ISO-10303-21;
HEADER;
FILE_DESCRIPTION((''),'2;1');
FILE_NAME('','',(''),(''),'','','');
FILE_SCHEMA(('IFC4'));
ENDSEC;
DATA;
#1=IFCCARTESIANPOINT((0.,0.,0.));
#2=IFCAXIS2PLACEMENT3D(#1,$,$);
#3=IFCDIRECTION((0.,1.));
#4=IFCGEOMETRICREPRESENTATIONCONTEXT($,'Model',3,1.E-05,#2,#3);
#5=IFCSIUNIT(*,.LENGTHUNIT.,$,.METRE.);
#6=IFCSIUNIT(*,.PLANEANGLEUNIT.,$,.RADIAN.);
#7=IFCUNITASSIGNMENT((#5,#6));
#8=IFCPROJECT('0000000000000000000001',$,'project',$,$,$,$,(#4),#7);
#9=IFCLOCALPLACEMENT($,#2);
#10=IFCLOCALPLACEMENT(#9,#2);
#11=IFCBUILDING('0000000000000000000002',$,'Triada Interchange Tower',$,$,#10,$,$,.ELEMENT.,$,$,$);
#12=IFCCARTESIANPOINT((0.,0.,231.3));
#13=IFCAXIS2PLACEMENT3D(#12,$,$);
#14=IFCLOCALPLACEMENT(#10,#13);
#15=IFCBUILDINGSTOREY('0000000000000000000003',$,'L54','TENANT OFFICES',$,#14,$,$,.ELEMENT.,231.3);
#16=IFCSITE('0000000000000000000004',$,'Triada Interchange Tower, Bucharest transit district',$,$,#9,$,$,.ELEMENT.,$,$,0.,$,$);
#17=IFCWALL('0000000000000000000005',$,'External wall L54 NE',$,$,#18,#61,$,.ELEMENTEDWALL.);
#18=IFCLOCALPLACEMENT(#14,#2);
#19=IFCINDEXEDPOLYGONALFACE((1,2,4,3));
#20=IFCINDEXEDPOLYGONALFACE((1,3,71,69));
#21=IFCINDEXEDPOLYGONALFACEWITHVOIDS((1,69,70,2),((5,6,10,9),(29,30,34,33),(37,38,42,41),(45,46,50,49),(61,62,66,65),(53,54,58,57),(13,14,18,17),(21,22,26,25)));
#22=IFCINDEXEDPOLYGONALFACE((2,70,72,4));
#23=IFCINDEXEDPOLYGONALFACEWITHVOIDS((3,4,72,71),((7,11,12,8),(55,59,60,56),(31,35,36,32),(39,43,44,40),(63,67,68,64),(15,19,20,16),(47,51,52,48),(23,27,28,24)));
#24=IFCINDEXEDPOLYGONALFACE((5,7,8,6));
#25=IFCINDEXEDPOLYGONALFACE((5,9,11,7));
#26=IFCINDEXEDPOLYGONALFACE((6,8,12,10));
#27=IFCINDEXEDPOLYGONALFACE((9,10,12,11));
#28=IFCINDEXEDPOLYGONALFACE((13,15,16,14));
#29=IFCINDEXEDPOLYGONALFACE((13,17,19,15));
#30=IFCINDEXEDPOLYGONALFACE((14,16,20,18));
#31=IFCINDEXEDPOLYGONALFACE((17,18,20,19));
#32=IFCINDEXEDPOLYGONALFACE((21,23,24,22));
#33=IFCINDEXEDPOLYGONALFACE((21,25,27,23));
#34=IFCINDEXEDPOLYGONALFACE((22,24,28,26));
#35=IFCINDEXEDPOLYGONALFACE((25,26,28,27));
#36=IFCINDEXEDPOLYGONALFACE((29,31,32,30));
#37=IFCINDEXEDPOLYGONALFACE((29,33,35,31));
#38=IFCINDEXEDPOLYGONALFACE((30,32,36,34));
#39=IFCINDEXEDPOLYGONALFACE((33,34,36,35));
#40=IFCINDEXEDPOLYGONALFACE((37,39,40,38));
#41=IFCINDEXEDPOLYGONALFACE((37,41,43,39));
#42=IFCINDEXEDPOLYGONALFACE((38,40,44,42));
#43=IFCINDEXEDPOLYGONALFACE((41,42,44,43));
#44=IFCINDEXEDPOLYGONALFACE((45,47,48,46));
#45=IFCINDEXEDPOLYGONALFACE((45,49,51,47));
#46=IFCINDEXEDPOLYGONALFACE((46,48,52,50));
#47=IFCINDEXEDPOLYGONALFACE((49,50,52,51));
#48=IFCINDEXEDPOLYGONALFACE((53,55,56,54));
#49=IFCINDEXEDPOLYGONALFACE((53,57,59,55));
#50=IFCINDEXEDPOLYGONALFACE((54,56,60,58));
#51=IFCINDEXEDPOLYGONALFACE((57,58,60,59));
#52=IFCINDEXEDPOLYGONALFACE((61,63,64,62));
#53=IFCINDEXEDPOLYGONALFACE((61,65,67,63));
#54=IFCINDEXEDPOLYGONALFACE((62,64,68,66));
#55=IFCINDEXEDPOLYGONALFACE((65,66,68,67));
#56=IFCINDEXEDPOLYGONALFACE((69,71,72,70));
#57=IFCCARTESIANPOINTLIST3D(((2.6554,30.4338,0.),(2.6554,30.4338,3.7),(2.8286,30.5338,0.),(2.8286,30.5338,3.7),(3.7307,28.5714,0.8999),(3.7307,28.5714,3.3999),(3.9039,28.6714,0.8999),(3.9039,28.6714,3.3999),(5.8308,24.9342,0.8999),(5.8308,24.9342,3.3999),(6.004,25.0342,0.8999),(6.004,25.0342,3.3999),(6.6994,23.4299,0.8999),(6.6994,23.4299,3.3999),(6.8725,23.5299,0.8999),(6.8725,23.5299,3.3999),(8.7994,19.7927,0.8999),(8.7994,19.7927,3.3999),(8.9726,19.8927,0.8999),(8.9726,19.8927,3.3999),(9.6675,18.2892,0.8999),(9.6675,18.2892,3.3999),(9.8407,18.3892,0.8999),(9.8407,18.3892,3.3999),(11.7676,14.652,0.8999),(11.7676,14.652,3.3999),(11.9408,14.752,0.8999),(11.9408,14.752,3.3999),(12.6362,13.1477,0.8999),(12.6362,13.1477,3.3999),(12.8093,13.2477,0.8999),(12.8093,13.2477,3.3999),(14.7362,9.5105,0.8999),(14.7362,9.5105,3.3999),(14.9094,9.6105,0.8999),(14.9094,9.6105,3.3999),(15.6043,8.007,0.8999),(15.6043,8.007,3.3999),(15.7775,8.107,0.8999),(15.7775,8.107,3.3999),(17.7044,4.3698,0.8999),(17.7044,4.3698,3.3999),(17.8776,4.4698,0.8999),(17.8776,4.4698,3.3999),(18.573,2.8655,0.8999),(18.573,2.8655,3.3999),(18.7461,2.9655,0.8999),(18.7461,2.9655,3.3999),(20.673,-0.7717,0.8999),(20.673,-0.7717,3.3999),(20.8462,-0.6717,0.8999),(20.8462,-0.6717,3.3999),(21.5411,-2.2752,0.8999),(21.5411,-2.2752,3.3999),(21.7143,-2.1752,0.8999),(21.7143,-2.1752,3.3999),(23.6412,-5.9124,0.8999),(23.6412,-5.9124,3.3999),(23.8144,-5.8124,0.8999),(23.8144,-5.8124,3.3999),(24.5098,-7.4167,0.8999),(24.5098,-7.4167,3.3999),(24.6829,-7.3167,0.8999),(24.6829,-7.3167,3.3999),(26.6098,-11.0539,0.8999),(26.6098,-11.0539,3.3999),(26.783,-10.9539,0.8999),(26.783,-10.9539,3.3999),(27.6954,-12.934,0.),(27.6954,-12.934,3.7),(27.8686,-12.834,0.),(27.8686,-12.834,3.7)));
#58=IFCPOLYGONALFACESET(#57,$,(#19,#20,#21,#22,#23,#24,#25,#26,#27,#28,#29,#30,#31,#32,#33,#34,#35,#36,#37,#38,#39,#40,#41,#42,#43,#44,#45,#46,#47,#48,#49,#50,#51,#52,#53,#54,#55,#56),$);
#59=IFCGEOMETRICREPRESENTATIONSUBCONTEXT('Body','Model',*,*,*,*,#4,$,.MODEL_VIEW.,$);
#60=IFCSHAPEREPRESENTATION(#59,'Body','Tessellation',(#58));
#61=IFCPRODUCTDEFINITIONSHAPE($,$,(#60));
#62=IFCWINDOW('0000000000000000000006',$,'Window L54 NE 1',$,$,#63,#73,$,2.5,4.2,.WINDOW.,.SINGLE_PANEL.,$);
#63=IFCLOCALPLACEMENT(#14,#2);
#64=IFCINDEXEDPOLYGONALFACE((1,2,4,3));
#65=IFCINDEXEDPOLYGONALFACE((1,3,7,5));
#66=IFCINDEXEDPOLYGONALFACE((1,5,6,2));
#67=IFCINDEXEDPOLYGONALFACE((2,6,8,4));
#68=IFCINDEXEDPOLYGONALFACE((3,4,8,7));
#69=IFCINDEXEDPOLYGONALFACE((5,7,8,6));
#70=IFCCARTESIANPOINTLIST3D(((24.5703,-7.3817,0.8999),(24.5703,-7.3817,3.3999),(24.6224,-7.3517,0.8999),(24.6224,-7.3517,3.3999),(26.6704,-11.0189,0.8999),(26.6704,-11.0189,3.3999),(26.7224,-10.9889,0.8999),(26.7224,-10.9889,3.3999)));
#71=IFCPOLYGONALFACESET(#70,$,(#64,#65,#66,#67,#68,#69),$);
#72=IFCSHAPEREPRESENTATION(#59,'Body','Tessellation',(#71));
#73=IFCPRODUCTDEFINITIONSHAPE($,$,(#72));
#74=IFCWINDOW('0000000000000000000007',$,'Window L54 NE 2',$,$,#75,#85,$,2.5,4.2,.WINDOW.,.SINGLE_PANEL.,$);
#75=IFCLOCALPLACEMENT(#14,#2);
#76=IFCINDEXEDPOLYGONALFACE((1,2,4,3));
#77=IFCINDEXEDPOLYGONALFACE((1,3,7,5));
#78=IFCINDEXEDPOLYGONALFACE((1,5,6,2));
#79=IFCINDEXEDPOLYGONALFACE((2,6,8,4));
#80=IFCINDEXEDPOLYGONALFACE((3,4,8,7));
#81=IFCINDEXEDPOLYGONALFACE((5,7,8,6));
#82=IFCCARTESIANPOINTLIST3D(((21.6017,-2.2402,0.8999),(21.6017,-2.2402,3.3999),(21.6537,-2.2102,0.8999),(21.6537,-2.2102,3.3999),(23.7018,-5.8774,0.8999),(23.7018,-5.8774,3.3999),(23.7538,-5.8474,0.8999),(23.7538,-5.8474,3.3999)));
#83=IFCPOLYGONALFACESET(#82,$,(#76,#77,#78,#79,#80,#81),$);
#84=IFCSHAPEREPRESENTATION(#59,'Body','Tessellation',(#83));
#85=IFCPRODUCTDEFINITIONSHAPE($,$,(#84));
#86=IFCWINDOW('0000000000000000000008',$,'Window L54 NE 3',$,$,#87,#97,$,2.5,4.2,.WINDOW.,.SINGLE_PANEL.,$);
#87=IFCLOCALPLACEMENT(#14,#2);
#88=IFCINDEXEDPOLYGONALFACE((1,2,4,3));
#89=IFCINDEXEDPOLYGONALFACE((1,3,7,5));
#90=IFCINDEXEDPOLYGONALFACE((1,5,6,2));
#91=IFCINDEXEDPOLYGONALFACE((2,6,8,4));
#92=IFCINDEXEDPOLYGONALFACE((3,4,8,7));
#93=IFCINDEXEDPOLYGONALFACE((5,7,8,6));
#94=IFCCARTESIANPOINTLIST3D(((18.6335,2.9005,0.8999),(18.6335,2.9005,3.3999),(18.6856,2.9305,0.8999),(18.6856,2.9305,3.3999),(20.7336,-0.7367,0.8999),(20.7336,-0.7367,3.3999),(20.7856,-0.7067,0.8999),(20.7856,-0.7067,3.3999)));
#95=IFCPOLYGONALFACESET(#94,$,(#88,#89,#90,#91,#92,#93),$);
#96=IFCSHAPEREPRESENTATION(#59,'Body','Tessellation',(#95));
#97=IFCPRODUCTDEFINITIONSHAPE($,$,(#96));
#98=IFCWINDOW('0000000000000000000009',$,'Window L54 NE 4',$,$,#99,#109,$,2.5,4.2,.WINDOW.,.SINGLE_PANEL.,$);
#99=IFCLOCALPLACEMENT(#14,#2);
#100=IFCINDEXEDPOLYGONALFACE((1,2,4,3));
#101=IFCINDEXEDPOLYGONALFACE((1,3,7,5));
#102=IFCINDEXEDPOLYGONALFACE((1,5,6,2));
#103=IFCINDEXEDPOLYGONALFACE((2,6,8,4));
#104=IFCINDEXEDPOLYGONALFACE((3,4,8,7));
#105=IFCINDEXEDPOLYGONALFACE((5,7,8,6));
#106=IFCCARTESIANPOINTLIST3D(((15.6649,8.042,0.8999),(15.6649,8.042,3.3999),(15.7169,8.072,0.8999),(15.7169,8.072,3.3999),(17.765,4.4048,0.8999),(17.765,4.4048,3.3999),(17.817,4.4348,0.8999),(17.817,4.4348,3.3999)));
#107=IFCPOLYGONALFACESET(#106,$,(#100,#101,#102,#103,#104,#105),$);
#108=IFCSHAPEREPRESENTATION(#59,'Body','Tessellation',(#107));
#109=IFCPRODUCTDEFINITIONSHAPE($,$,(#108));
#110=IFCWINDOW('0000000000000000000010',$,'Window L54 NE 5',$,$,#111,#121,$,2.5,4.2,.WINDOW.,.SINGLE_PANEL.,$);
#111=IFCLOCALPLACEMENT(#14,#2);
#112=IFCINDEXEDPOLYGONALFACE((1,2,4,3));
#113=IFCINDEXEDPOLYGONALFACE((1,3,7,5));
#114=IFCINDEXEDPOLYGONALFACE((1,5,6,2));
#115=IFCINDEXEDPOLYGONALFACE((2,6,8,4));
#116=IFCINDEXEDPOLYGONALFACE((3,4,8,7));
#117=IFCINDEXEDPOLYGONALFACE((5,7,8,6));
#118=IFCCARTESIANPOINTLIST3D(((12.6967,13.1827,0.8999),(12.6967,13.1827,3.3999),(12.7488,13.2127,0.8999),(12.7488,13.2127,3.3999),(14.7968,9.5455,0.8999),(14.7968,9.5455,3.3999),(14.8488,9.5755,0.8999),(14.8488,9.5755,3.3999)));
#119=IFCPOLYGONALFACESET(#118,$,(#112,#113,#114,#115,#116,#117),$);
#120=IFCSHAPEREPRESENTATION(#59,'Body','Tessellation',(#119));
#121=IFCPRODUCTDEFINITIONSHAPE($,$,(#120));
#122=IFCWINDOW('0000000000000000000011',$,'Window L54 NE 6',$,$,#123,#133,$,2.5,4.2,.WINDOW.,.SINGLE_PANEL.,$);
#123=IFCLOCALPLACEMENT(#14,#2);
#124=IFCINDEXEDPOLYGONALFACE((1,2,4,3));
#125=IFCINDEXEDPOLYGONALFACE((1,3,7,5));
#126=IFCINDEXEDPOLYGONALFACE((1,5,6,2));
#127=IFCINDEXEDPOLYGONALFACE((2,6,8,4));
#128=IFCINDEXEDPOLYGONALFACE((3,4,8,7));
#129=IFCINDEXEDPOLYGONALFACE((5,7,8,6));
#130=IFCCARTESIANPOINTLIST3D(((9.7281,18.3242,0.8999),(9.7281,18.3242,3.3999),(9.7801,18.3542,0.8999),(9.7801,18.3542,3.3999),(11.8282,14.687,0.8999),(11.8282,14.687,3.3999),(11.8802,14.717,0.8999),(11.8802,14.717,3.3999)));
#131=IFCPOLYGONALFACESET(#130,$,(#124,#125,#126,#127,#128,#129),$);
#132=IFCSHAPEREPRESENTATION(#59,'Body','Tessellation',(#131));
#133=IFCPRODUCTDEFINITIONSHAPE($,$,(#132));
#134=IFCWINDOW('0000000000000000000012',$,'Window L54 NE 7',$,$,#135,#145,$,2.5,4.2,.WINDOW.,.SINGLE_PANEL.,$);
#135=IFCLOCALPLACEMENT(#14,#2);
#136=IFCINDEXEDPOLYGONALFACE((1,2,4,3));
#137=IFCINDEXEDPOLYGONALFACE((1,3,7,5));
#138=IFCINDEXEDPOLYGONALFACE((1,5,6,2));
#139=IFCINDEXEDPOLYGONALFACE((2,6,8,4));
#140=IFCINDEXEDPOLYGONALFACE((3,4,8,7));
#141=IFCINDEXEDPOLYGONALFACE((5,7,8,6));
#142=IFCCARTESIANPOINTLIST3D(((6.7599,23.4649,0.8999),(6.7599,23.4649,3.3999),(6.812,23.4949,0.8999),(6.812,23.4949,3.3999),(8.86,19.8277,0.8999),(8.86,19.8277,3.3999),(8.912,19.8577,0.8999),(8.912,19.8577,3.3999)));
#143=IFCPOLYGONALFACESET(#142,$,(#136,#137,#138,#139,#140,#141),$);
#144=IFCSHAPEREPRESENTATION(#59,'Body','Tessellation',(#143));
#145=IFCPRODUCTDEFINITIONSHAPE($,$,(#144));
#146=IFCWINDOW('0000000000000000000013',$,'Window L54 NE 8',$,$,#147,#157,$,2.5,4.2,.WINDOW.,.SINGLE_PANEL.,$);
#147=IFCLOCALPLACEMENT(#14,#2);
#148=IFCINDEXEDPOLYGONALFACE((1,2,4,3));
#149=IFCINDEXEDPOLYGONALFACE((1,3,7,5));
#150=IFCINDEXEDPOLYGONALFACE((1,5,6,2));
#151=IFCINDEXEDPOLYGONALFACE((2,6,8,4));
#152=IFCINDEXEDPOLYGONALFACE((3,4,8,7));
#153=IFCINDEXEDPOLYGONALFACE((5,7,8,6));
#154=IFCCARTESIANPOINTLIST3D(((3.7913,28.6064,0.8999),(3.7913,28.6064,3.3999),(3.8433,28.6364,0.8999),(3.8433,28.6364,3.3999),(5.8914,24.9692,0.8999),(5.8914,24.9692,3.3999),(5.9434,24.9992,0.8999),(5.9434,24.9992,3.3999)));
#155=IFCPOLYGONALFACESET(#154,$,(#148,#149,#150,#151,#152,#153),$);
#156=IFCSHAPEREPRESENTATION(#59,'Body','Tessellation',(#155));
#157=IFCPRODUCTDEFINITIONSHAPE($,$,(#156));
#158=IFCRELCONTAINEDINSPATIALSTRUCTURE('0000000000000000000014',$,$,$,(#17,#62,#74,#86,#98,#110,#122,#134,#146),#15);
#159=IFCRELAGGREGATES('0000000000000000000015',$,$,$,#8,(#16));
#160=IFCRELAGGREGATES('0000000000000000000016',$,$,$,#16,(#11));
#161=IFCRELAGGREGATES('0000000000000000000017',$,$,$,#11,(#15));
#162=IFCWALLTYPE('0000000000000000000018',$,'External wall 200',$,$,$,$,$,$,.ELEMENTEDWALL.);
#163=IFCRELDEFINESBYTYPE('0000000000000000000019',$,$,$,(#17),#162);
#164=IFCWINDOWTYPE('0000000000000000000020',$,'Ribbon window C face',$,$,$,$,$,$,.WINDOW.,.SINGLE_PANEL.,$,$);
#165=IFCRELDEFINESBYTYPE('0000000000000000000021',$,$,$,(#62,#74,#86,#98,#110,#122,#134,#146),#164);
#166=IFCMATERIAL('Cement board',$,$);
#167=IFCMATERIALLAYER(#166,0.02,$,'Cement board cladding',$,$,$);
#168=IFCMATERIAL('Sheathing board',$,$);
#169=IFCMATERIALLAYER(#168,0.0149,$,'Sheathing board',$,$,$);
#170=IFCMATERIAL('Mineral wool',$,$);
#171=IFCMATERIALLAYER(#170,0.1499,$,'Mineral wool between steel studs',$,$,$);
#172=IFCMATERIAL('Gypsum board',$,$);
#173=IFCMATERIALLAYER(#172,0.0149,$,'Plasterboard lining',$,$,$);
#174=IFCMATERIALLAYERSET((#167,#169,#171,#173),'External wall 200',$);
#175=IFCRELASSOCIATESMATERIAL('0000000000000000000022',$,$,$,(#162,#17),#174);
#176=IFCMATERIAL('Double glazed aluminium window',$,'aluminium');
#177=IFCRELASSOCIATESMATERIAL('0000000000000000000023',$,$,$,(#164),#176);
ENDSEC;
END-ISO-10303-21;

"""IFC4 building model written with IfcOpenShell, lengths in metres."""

from ifc_helpers import new_model, si_unit, direction, frame, frame_2d, origin, place, context, subcontext, project, spatial, rectangle, extrude, material, layer, layer_set, layer_usage, type_object, element, fill, save


model = new_model("IFC4")

# Units and contexts
model_context = context("Model", 3, precision=1e-05, world=origin(), true_north=direction((0.0, 1.0)))
body_context = subcontext(model_context, "Body", "Model", "MODEL_VIEW")
ifc_project = project(units=[si_unit("LENGTHUNIT", "METRE"), si_unit("PLANEANGLEUNIT", "RADIAN")], contexts=[model_context])

# Site, building, storey
site_placement = place(None, origin())
site = spatial("IfcSite", under=ifc_project, at=site_placement, Name="Triada Interchange Tower, Bucharest transit district", CompositionType="ELEMENT", RefElevation=0.0)
building_placement = place(site_placement, origin())
building = spatial("IfcBuilding", under=site, at=building_placement, Name="Triada Interchange Tower", CompositionType="ELEMENT")
storey_placement = place(building_placement, frame((0.0, 0.0, 231.3)))
storey = spatial("IfcBuildingStorey", under=building, at=storey_placement, Name="L54", Description="TENANT OFFICES", CompositionType="ELEMENT", Elevation=231.3)

# Shared definitions
ifc_material_1 = material(Name="Cement board")
ifc_layer_1 = layer(ifc_material_1, 0.02, Name="Cement board cladding")
ifc_material_2 = material(Name="Sheathing board")
ifc_layer_2 = layer(ifc_material_2, 0.0149, Name="Sheathing board")
ifc_material_3 = material(Name="Mineral wool")
ifc_layer_3 = layer(ifc_material_3, 0.1499, Name="Mineral wool between steel studs")
ifc_material_4 = material(Name="Gypsum board")
ifc_layer_4 = layer(ifc_material_4, 0.0149, Name="Plasterboard lining")
ifc_layer_set_1 = layer_set([ifc_layer_1, ifc_layer_2, ifc_layer_3, ifc_layer_4], Name="External wall 200")
ifc_layer_usage = layer_usage(ifc_layer_set_1, "AXIS2", "POSITIVE", -0.1001)
wall_type_1 = type_object("IfcWallType", Name="External wall 200", PredefinedType="ELEMENTEDWALL", material=ifc_layer_set_1)
ifc_material_5 = material(Name="Double glazed aluminium window", Category="aluminium")

# Wall, openings, windows
wall_1_placement = place(storey_placement, frame((27.782, -12.884, 0.0), z_axis=(0.0, 0.0, 1.0), x_axis=(-0.500023, 0.866012, 0.0)))
wall_1 = element("IfcWall", 1, at=wall_1_placement, inside=storey, type_object=wall_type_1, material=ifc_layer_usage, Name="External wall L54 NE", PredefinedType="ELEMENTEDWALL", context=body_context, shape_type="SweptSolid", body=[
    extrude(rectangle(XDim=50.0776, YDim=0.2, at=frame_2d((25.0388, 0.0))), origin(), (0.0, 0.0, 1.0), 3.7),
])
opening_1_placement = place(wall_1_placement, frame((2.1709, 0.0, 0.8999)))
opening_1 = element("IfcOpeningElement", 2, at=opening_1_placement, cuts=wall_1, PredefinedType="OPENING", context=body_context, shape_type="SweptSolid", body=[
    extrude(rectangle(XDim=4.2, YDim=2.5, at=frame_2d((2.1001, 1.25))), frame((0.0, 0.1099, 0.0), z_axis=(0.0, -1.0, 0.0), x_axis=(1.0, 0.0, 0.0)), (0.0, 0.0, 1.0), 0.22),
])
opening_2_placement = place(wall_1_placement, frame((8.1079, 0.0, 0.8999)))
opening_2 = element("IfcOpeningElement", 3, at=opening_2_placement, cuts=wall_1, PredefinedType="OPENING", context=body_context, shape_type="SweptSolid", body=[
    extrude(rectangle(XDim=4.2, YDim=2.5, at=frame_2d((2.1001, 1.25))), frame((0.0, 0.1099, 0.0), z_axis=(0.0, -1.0, 0.0), x_axis=(1.0, 0.0, 0.0)), (0.0, 0.0, 1.0), 0.22),
])
opening_3_placement = place(wall_1_placement, frame((14.0439, 0.0, 0.8999)))
opening_3 = element("IfcOpeningElement", 4, at=opening_3_placement, cuts=wall_1, PredefinedType="OPENING", context=body_context, shape_type="SweptSolid", body=[
    extrude(rectangle(XDim=4.2, YDim=2.5, at=frame_2d((2.1001, 1.25))), frame((0.0, 0.1099, 0.0), z_axis=(0.0, -1.0, 0.0), x_axis=(1.0, 0.0, 0.0)), (0.0, 0.0, 1.0), 0.22),
])
opening_4_placement = place(wall_1_placement, frame((19.981, 0.0, 0.8999)))
opening_4 = element("IfcOpeningElement", 5, at=opening_4_placement, cuts=wall_1, PredefinedType="OPENING", context=body_context, shape_type="SweptSolid", body=[
    extrude(rectangle(XDim=4.2, YDim=2.5, at=frame_2d((2.1001, 1.25))), frame((0.0, 0.1099, 0.0), z_axis=(0.0, -1.0, 0.0), x_axis=(1.0, 0.0, 0.0)), (0.0, 0.0, 1.0), 0.22),
])
opening_5_placement = place(wall_1_placement, frame((25.917, 0.0, 0.8999)))
opening_5 = element("IfcOpeningElement", 6, at=opening_5_placement, cuts=wall_1, PredefinedType="OPENING", context=body_context, shape_type="SweptSolid", body=[
    extrude(rectangle(XDim=4.2, YDim=2.5, at=frame_2d((2.1001, 1.25))), frame((0.0, 0.1099, 0.0), z_axis=(0.0, -1.0, 0.0), x_axis=(1.0, 0.0, 0.0)), (0.0, 0.0, 1.0), 0.22),
])
opening_6_placement = place(wall_1_placement, frame((31.854, 0.0, 0.8999)))
opening_6 = element("IfcOpeningElement", 7, at=opening_6_placement, cuts=wall_1, PredefinedType="OPENING", context=body_context, shape_type="SweptSolid", body=[
    extrude(rectangle(XDim=4.2, YDim=2.5, at=frame_2d((2.1001, 1.25))), frame((0.0, 0.1099, 0.0), z_axis=(0.0, -1.0, 0.0), x_axis=(1.0, 0.0, 0.0)), (0.0, 0.0, 1.0), 0.22),
])
opening_7_placement = place(wall_1_placement, frame((37.79, 0.0, 0.8999)))
opening_7 = element("IfcOpeningElement", 8, at=opening_7_placement, cuts=wall_1, PredefinedType="OPENING", context=body_context, shape_type="SweptSolid", body=[
    extrude(rectangle(XDim=4.2, YDim=2.5, at=frame_2d((2.1001, 1.25))), frame((0.0, 0.1099, 0.0), z_axis=(0.0, -1.0, 0.0), x_axis=(1.0, 0.0, 0.0)), (0.0, 0.0, 1.0), 0.22),
])
opening_8_placement = place(wall_1_placement, frame((43.7271, 0.0, 0.8999)))
opening_8 = element("IfcOpeningElement", 9, at=opening_8_placement, cuts=wall_1, PredefinedType="OPENING", context=body_context, shape_type="SweptSolid", body=[
    extrude(rectangle(XDim=4.2, YDim=2.5, at=frame_2d((2.1001, 1.25))), frame((0.0, 0.1099, 0.0), z_axis=(0.0, -1.0, 0.0), x_axis=(1.0, 0.0, 0.0)), (0.0, 0.0, 1.0), 0.22),
])
window_type_1 = type_object("IfcWindowType", Name="Ribbon window C face", PartitioningType="SINGLE_PANEL", PredefinedType="WINDOW", material=ifc_material_5)
window_1_placement = place(opening_1_placement, origin())
window_1 = element("IfcWindow", 10, at=window_1_placement, inside=storey, type_object=window_type_1, Name="Window L54 NE 1", OverallHeight=2.5, OverallWidth=4.2, PartitioningType="SINGLE_PANEL", PredefinedType="WINDOW", context=body_context, shape_type="SweptSolid", body=[
    extrude(rectangle(XDim=4.2, YDim=2.5, at=frame_2d((2.1001, 1.25))), frame((0.0, 0.03, 0.0), z_axis=(0.0, -1.0, 0.0), x_axis=(1.0, 0.0, 0.0)), (0.0, 0.0, 1.0), 0.0601),
])
fill(opening_1, window_1)
window_2_placement = place(opening_2_placement, origin())
window_2 = element("IfcWindow", 11, at=window_2_placement, inside=storey, type_object=window_type_1, Name="Window L54 NE 2", OverallHeight=2.5, OverallWidth=4.2, PartitioningType="SINGLE_PANEL", PredefinedType="WINDOW", context=body_context, shape_type="SweptSolid", body=[
    extrude(rectangle(XDim=4.2, YDim=2.5, at=frame_2d((2.1001, 1.25))), frame((0.0, 0.03, 0.0), z_axis=(0.0, -1.0, 0.0), x_axis=(1.0, 0.0, 0.0)), (0.0, 0.0, 1.0), 0.0601),
])
fill(opening_2, window_2)
window_3_placement = place(opening_3_placement, origin())
window_3 = element("IfcWindow", 12, at=window_3_placement, inside=storey, type_object=window_type_1, Name="Window L54 NE 3", OverallHeight=2.5, OverallWidth=4.2, PartitioningType="SINGLE_PANEL", PredefinedType="WINDOW", context=body_context, shape_type="SweptSolid", body=[
    extrude(rectangle(XDim=4.2, YDim=2.5, at=frame_2d((2.1001, 1.25))), frame((0.0, 0.03, 0.0), z_axis=(0.0, -1.0, 0.0), x_axis=(1.0, 0.0, 0.0)), (0.0, 0.0, 1.0), 0.0601),
])
fill(opening_3, window_3)
window_4_placement = place(opening_4_placement, origin())
window_4 = element("IfcWindow", 13, at=window_4_placement, inside=storey, type_object=window_type_1, Name="Window L54 NE 4", OverallHeight=2.5, OverallWidth=4.2, PartitioningType="SINGLE_PANEL", PredefinedType="WINDOW", context=body_context, shape_type="SweptSolid", body=[
    extrude(rectangle(XDim=4.2, YDim=2.5, at=frame_2d((2.1001, 1.25))), frame((0.0, 0.03, 0.0), z_axis=(0.0, -1.0, 0.0), x_axis=(1.0, 0.0, 0.0)), (0.0, 0.0, 1.0), 0.0601),
])
fill(opening_4, window_4)
window_5_placement = place(opening_5_placement, origin())
window_5 = element("IfcWindow", 14, at=window_5_placement, inside=storey, type_object=window_type_1, Name="Window L54 NE 5", OverallHeight=2.5, OverallWidth=4.2, PartitioningType="SINGLE_PANEL", PredefinedType="WINDOW", context=body_context, shape_type="SweptSolid", body=[
    extrude(rectangle(XDim=4.2, YDim=2.5, at=frame_2d((2.1001, 1.25))), frame((0.0, 0.03, 0.0), z_axis=(0.0, -1.0, 0.0), x_axis=(1.0, 0.0, 0.0)), (0.0, 0.0, 1.0), 0.0601),
])
fill(opening_5, window_5)
window_6_placement = place(opening_6_placement, origin())
window_6 = element("IfcWindow", 15, at=window_6_placement, inside=storey, type_object=window_type_1, Name="Window L54 NE 6", OverallHeight=2.5, OverallWidth=4.2, PartitioningType="SINGLE_PANEL", PredefinedType="WINDOW", context=body_context, shape_type="SweptSolid", body=[
    extrude(rectangle(XDim=4.2, YDim=2.5, at=frame_2d((2.1001, 1.25))), frame((0.0, 0.03, 0.0), z_axis=(0.0, -1.0, 0.0), x_axis=(1.0, 0.0, 0.0)), (0.0, 0.0, 1.0), 0.0601),
])
fill(opening_6, window_6)
window_7_placement = place(opening_7_placement, origin())
window_7 = element("IfcWindow", 16, at=window_7_placement, inside=storey, type_object=window_type_1, Name="Window L54 NE 7", OverallHeight=2.5, OverallWidth=4.2, PartitioningType="SINGLE_PANEL", PredefinedType="WINDOW", context=body_context, shape_type="SweptSolid", body=[
    extrude(rectangle(XDim=4.2, YDim=2.5, at=frame_2d((2.1001, 1.25))), frame((0.0, 0.03, 0.0), z_axis=(0.0, -1.0, 0.0), x_axis=(1.0, 0.0, 0.0)), (0.0, 0.0, 1.0), 0.0601),
])
fill(opening_7, window_7)
window_8_placement = place(opening_8_placement, origin())
window_8 = element("IfcWindow", 17, at=window_8_placement, inside=storey, type_object=window_type_1, Name="Window L54 NE 8", OverallHeight=2.5, OverallWidth=4.2, PartitioningType="SINGLE_PANEL", PredefinedType="WINDOW", context=body_context, shape_type="SweptSolid", body=[
    extrude(rectangle(XDim=4.2, YDim=2.5, at=frame_2d((2.1001, 1.25))), frame((0.0, 0.03, 0.0), z_axis=(0.0, -1.0, 0.0), x_axis=(1.0, 0.0, 0.0)), (0.0, 0.0, 1.0), 0.0601),
])
fill(opening_8, window_8)

save(model, "model.ifc")
